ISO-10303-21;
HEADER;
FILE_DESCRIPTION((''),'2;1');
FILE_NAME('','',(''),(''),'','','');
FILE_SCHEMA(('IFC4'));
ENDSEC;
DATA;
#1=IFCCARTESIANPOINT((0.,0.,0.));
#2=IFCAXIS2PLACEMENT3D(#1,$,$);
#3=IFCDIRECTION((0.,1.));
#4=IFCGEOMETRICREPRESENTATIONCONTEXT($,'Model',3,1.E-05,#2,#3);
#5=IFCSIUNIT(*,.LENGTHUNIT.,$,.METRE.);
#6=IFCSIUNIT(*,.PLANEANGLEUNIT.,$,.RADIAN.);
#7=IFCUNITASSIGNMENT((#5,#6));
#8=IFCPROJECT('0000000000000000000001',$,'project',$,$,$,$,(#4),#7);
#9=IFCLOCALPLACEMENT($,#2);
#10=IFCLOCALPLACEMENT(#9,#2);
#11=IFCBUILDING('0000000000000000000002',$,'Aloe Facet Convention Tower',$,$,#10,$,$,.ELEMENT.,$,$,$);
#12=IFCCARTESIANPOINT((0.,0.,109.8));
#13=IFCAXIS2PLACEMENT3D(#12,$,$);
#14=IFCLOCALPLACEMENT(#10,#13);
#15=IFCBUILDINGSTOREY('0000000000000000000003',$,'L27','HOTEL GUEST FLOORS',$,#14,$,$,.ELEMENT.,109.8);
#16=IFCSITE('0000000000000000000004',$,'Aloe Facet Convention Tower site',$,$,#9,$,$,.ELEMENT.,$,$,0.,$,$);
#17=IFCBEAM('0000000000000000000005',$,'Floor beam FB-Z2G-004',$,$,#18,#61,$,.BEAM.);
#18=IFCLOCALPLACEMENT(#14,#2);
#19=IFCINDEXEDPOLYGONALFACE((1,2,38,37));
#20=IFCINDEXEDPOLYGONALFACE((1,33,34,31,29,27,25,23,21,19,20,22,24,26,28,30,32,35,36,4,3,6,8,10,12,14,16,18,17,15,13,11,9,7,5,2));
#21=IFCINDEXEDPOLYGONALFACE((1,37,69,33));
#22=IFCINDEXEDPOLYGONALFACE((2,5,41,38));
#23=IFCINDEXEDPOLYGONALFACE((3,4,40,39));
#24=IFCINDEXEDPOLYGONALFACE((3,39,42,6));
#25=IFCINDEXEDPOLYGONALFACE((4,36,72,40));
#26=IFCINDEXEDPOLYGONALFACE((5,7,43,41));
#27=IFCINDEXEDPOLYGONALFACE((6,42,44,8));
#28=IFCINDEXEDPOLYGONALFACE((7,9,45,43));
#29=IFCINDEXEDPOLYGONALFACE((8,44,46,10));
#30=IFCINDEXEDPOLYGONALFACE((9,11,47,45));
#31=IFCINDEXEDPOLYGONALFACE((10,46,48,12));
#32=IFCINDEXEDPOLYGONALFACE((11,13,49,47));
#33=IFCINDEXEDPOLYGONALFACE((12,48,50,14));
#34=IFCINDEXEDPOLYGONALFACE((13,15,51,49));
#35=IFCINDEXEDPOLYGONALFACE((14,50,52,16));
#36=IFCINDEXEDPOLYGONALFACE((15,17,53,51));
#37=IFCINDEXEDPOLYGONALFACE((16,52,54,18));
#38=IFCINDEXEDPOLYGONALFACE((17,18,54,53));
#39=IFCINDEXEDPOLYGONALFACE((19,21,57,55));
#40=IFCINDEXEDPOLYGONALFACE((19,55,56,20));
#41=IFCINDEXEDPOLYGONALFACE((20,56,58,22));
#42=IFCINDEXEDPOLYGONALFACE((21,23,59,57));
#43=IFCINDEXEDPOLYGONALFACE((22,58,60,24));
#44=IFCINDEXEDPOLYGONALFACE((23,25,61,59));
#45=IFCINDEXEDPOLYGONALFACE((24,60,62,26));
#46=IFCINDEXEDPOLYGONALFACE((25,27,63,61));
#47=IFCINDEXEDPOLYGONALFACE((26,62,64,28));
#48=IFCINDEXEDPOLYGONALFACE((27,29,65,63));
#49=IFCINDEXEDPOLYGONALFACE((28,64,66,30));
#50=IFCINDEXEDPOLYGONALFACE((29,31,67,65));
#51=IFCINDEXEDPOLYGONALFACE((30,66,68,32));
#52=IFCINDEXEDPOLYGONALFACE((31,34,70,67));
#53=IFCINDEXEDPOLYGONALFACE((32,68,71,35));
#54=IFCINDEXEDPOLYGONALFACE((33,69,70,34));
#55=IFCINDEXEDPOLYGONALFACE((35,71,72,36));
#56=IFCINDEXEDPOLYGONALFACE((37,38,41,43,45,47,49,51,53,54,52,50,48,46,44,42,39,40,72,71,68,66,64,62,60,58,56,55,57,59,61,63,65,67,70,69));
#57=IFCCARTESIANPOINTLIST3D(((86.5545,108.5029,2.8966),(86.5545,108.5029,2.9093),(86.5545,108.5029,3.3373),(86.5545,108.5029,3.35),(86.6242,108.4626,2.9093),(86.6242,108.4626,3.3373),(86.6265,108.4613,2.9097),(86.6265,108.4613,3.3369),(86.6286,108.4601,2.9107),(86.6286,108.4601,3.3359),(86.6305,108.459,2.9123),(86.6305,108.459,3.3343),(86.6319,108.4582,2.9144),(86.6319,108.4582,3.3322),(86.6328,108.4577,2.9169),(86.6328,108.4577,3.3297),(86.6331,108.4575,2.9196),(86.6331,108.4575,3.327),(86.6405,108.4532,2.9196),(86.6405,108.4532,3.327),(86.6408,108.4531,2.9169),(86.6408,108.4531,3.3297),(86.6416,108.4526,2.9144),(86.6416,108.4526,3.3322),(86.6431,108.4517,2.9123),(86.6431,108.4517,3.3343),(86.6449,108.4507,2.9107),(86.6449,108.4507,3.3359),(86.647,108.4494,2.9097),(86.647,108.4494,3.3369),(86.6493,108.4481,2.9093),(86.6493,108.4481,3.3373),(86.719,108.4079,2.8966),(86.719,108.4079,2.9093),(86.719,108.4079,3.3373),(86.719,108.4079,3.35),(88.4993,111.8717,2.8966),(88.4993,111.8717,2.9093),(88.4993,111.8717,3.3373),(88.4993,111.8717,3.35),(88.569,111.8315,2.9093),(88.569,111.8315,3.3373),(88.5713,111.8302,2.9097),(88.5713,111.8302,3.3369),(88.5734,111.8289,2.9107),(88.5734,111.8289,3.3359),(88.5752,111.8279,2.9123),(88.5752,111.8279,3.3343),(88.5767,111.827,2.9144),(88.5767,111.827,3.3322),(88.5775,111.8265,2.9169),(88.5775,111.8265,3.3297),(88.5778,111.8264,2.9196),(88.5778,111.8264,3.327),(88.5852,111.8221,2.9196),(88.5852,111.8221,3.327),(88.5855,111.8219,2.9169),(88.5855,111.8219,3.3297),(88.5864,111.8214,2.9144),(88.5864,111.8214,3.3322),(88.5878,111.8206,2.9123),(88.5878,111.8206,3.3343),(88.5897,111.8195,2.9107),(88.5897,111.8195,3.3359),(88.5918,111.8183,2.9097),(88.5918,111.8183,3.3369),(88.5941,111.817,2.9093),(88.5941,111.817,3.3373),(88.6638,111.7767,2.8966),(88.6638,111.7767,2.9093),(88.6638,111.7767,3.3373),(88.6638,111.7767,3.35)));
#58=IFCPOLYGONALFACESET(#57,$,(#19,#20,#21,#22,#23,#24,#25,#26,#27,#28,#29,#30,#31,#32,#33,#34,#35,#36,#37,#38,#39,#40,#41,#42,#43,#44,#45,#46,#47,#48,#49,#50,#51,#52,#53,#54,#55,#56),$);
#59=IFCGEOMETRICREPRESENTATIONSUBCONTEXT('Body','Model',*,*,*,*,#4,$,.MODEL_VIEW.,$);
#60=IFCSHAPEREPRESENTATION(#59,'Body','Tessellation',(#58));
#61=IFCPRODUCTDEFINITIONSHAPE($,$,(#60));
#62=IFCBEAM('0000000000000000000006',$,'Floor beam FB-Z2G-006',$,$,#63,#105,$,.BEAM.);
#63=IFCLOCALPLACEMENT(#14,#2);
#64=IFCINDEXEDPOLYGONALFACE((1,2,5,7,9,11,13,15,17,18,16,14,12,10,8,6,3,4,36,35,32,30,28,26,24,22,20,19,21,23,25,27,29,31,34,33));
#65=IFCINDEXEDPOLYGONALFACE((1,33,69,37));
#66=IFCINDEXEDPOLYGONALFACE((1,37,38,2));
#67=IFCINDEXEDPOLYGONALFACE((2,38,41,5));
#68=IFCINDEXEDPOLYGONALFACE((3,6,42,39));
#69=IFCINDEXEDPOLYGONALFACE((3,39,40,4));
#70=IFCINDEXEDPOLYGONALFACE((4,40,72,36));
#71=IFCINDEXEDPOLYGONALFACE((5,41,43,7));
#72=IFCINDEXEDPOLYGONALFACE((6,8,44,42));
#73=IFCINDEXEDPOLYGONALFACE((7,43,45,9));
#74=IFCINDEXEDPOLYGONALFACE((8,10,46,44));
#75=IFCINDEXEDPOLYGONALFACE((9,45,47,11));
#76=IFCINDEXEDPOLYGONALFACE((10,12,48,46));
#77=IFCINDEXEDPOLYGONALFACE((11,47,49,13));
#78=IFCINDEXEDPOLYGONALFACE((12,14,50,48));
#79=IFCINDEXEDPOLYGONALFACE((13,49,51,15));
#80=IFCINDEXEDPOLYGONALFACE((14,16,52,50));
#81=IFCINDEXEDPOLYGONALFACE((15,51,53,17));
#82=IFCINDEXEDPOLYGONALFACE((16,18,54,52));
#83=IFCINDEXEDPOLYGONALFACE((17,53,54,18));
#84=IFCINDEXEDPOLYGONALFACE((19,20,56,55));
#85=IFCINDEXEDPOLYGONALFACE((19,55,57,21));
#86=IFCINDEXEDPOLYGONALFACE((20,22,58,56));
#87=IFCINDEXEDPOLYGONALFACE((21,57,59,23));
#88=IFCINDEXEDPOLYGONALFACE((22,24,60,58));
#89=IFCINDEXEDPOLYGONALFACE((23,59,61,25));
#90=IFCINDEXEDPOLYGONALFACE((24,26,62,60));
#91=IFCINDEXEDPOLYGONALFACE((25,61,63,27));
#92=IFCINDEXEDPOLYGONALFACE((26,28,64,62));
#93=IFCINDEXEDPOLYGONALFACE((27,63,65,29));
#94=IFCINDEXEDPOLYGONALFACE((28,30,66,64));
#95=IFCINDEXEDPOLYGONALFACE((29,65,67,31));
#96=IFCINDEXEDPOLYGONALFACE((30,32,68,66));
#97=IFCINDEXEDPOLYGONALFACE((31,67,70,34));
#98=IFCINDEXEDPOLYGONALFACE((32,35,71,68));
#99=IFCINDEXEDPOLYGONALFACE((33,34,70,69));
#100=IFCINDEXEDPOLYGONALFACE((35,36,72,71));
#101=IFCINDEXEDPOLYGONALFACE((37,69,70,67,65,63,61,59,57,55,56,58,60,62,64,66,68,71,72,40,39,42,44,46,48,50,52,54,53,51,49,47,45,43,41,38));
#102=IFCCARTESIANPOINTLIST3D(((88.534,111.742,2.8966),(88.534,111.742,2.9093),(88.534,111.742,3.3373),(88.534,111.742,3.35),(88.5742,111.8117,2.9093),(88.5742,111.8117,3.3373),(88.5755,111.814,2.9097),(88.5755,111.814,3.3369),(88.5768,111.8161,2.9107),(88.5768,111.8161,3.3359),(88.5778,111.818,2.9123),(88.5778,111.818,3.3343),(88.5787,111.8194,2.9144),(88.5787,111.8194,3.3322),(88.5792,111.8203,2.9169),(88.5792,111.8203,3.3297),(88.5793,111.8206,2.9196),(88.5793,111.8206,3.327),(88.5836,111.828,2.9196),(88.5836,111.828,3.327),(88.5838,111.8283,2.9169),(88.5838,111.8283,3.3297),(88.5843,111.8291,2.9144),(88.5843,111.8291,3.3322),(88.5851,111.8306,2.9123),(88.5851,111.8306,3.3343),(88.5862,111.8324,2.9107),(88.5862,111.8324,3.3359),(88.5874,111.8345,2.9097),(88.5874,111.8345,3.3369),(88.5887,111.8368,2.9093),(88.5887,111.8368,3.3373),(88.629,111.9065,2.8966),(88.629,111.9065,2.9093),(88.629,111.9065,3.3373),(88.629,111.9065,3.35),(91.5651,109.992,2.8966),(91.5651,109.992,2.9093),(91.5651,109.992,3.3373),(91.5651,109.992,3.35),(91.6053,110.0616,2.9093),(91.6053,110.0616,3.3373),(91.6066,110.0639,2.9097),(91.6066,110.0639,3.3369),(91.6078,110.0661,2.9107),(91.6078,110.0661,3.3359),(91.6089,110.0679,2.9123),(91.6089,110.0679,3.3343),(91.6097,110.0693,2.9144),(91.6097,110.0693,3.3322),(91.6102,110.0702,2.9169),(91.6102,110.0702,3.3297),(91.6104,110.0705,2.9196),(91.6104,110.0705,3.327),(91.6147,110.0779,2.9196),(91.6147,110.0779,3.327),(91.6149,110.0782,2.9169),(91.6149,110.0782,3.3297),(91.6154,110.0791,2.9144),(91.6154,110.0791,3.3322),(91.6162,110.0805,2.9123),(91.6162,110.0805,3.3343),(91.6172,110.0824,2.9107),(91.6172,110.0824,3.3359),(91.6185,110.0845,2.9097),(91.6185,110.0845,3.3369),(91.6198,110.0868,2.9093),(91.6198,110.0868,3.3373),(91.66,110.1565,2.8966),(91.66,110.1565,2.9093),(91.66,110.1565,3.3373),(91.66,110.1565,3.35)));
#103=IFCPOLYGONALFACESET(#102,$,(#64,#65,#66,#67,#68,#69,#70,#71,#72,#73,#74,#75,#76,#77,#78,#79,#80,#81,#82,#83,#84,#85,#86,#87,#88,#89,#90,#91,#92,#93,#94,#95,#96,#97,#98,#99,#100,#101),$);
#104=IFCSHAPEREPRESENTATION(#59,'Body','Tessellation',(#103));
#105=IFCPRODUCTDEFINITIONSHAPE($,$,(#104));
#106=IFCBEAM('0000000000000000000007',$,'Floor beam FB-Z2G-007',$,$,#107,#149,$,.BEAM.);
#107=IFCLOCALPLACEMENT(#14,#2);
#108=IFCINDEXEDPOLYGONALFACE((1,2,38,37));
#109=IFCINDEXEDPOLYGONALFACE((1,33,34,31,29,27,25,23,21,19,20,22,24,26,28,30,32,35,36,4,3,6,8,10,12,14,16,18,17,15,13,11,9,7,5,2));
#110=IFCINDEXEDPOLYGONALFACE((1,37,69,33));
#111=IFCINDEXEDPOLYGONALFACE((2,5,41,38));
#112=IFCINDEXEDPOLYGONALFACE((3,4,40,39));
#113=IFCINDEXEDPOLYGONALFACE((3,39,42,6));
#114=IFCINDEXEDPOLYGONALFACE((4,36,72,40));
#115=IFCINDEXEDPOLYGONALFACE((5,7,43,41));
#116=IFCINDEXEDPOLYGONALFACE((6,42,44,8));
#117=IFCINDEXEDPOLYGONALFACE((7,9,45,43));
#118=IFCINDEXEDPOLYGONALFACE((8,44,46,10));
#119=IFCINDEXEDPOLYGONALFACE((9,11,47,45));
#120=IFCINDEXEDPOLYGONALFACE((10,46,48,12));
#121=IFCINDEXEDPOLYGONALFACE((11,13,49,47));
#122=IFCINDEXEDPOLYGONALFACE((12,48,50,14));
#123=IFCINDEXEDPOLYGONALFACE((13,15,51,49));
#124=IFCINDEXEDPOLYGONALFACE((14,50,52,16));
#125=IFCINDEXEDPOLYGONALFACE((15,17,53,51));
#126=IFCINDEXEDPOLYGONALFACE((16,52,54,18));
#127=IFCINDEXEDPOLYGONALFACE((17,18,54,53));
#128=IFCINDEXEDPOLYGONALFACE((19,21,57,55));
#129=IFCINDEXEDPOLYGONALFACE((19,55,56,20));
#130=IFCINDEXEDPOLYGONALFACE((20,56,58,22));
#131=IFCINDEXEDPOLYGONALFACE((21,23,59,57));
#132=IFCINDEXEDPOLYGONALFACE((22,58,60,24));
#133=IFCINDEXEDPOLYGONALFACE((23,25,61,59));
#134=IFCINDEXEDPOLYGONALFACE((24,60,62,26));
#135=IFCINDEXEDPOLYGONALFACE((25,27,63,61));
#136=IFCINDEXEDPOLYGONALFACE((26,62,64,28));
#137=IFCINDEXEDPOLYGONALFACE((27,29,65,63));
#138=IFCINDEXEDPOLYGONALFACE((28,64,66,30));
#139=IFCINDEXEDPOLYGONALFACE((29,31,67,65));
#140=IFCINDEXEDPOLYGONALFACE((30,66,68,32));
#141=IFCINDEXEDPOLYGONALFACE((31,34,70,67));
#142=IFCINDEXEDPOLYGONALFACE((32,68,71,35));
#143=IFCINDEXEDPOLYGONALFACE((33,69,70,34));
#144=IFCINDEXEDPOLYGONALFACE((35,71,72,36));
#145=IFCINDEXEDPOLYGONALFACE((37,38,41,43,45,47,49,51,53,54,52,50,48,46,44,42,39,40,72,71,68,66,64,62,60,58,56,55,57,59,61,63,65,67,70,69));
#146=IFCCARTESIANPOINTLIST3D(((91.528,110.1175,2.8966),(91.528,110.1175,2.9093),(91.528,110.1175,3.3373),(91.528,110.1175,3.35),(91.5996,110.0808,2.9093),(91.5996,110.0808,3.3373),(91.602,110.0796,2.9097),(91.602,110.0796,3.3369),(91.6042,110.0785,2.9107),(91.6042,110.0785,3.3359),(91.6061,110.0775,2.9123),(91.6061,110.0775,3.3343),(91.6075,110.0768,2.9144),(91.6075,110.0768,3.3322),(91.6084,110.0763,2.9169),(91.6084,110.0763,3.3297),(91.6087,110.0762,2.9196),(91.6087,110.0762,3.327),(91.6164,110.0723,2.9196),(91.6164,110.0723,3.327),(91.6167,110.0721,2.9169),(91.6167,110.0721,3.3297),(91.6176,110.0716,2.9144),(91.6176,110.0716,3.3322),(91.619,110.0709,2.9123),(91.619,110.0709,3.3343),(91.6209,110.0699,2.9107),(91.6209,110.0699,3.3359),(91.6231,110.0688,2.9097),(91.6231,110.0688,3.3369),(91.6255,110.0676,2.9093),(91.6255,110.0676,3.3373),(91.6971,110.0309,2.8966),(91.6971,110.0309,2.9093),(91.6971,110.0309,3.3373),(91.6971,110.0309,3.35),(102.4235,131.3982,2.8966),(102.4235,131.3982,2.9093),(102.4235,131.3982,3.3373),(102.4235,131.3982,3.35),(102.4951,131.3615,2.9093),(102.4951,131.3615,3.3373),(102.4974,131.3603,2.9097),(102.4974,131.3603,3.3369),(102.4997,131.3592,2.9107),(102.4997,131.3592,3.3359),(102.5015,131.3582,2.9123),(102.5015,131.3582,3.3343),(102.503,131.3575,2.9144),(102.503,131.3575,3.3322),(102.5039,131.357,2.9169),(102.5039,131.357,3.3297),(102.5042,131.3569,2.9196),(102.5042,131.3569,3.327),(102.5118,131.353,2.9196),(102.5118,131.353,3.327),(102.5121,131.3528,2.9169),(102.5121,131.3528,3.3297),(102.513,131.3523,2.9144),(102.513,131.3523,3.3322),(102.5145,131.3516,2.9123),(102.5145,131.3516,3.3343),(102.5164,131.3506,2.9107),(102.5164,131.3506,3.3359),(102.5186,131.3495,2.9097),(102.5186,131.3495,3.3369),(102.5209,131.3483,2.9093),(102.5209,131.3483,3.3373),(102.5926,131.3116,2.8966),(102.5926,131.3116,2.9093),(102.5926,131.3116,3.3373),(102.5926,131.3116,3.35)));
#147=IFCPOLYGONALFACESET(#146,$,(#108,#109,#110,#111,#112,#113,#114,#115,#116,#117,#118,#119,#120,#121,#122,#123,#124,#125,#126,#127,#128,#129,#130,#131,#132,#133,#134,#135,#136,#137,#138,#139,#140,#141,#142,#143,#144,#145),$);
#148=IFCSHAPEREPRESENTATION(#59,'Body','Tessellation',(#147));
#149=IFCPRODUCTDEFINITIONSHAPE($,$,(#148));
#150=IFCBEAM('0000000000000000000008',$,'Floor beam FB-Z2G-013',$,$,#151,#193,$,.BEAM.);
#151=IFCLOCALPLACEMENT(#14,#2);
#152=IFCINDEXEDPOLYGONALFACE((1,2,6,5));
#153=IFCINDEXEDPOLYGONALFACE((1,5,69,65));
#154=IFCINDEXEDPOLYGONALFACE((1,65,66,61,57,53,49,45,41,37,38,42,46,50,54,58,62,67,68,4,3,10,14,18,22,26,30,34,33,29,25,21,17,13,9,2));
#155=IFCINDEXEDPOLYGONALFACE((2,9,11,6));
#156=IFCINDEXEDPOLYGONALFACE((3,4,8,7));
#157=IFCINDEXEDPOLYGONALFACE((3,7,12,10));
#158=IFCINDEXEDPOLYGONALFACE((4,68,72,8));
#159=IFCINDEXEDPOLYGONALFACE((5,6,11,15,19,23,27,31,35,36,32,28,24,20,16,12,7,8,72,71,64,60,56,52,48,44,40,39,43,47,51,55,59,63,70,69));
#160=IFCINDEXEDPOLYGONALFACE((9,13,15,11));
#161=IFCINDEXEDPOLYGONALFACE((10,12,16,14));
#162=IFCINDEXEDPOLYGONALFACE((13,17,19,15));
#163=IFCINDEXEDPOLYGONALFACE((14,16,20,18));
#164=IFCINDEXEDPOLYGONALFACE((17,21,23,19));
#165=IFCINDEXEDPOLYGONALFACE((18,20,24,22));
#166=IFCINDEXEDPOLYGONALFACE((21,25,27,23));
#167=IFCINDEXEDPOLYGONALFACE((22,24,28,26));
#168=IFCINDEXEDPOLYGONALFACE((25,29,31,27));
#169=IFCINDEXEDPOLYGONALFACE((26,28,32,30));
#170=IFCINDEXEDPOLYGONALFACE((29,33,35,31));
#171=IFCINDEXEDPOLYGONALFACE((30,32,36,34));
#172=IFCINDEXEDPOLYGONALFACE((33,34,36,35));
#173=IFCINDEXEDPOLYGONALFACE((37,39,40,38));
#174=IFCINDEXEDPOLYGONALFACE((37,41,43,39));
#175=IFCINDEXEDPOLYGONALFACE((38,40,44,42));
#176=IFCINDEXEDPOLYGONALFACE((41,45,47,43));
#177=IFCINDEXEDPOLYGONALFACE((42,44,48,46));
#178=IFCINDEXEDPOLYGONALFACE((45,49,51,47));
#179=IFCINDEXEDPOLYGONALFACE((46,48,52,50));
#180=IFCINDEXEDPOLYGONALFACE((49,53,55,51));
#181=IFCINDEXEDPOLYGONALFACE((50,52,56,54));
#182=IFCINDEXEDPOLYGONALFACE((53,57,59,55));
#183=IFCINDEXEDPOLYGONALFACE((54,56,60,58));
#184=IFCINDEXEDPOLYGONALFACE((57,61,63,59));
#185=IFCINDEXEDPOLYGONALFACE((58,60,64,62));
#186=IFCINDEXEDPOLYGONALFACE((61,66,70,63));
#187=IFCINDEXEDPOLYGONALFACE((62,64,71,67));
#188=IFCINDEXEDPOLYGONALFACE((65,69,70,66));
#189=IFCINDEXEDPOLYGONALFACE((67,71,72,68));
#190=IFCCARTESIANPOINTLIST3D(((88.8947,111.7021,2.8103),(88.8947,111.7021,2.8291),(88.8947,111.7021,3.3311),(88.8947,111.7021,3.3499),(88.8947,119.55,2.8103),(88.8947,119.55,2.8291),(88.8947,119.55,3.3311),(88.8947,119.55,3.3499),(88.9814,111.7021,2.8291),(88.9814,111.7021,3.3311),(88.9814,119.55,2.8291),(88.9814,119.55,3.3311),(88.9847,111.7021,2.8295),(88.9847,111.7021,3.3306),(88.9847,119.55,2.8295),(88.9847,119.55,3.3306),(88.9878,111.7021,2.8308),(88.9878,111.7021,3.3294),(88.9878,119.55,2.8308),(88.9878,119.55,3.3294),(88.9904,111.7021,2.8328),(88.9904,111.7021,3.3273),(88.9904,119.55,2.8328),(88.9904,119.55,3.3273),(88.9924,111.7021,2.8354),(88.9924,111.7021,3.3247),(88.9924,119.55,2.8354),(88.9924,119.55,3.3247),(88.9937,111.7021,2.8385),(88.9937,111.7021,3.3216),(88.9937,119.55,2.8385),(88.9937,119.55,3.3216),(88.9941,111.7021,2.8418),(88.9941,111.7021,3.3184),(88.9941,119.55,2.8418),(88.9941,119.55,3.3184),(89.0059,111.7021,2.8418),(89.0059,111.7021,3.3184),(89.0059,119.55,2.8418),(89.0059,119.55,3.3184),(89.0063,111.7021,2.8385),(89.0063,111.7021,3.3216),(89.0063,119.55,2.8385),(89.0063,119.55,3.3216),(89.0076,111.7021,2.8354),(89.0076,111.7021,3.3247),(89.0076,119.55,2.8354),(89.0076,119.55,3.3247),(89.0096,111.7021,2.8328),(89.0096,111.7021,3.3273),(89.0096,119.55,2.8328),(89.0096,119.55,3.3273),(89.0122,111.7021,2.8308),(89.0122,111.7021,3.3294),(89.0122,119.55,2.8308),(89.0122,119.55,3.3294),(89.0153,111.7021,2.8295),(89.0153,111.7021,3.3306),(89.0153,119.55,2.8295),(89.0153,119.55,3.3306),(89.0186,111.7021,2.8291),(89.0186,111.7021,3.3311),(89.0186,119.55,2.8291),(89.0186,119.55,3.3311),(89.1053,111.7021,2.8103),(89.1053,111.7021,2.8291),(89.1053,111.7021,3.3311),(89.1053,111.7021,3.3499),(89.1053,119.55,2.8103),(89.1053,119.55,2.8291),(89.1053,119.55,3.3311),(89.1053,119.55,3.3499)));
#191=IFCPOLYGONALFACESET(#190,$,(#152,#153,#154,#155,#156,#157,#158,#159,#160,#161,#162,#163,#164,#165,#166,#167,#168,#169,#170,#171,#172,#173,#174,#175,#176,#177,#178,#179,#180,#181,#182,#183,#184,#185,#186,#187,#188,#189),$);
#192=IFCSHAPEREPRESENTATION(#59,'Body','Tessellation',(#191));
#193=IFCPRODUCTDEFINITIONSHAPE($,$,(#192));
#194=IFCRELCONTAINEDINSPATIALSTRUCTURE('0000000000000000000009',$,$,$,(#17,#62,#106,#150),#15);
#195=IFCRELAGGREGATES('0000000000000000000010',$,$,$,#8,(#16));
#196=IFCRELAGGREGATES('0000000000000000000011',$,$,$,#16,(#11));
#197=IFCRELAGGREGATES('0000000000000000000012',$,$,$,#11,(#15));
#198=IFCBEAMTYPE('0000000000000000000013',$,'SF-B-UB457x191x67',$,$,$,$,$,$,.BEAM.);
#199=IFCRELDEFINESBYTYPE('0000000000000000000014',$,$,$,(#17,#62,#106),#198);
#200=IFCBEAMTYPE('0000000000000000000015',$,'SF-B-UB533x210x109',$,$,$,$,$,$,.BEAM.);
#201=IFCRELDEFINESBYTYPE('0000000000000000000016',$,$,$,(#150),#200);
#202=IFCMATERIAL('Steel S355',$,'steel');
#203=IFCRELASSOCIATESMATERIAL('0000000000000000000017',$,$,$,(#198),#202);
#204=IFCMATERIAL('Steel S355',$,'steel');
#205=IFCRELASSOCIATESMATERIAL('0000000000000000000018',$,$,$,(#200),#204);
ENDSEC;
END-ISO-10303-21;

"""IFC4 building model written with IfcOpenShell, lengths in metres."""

from ifc_helpers import new_model, si_unit, direction, frame, origin, origin_2d, place, context, subcontext, project, spatial, i_section, extrude, material, material_profile, profile_set, type_object, element, save


model = new_model("IFC4")

# Units and contexts
model_context = context("Model", 3, precision=1e-05, world=origin(), true_north=direction((0.0, 1.0)))
body_context = subcontext(model_context, "Body", "Model", "MODEL_VIEW")
ifc_project = project(units=[si_unit("LENGTHUNIT", "METRE"), si_unit("PLANEANGLEUNIT", "RADIAN")], contexts=[model_context])

# Site, building, storey
site_placement = place(None, origin())
site = spatial("IfcSite", under=ifc_project, at=site_placement, Name="Aloe Facet Convention Tower site", CompositionType="ELEMENT", RefElevation=0.0)
building_placement = place(site_placement, origin())
building = spatial("IfcBuilding", under=site, at=building_placement, Name="Aloe Facet Convention Tower", CompositionType="ELEMENT")
storey_placement = place(building_placement, frame((0.0, 0.0, 109.8)))
storey = spatial("IfcBuildingStorey", under=building, at=storey_placement, Name="L27", Description="HOTEL GUEST FLOORS", CompositionType="ELEMENT", Elevation=109.8)

# Beams
ifc_material_1 = material(Name="Steel S355", Category="steel")
ifc_material_profile_1 = material_profile(ifc_material_1, i_section(OverallWidth=0.1899, OverallDepth=0.4534, WebThickness=0.0085, FlangeThickness=0.0127, FilletRadius=0.0103, at=origin_2d()), Name="UB 457x191x67")
ifc_profile_set_1 = profile_set([ifc_material_profile_1], Name="Steel S355")
beam_type_1 = type_object("IfcBeamType", Name="SF-B-UB457x191x67", PredefinedType="BEAM", material=ifc_profile_set_1)
beam_1_placement = place(storey_placement, frame((88.5815, 111.8242, 3.1233), z_axis=(-0.49996, -0.866049, 0.0), x_axis=(0.866049, -0.49996, 0.0)))
element("IfcBeam", 1, at=beam_1_placement, inside=storey, type_object=beam_type_1, Name="Floor beam FB-Z2G-004", PredefinedType="BEAM", context=body_context, shape_type="SweptSolid", body=[
    extrude(i_section(OverallWidth=0.1899, OverallDepth=0.4534, WebThickness=0.0085, FlangeThickness=0.0127, FilletRadius=0.0103, at=origin_2d()), origin(), (0.0, 0.0, 1.0), 3.8899),
])
beam_2_placement = place(storey_placement, frame((91.6125, 110.0742, 3.1233), z_axis=(-0.866019, 0.50001, 0.0), x_axis=(-0.50001, -0.866019, 0.0)))
element("IfcBeam", 2, at=beam_2_placement, inside=storey, type_object=beam_type_1, Name="Floor beam FB-Z2G-006", PredefinedType="BEAM", context=body_context, shape_type="SweptSolid", body=[
    extrude(i_section(OverallWidth=0.1899, OverallDepth=0.4534, WebThickness=0.0085, FlangeThickness=0.0127, FilletRadius=0.0103, at=origin_2d()), origin(), (0.0, 0.0, 1.0), 3.5),
])
beam_3_placement = place(storey_placement, frame((91.6125, 110.0742, 3.1233), z_axis=(0.45573, 0.890118, 0.0), x_axis=(-0.890118, 0.45573, 0.0)))
element("IfcBeam", 3, at=beam_3_placement, inside=storey, type_object=beam_type_1, Name="Floor beam FB-Z2G-007", PredefinedType="BEAM", context=body_context, shape_type="SweptSolid", body=[
    extrude(i_section(OverallWidth=0.1899, OverallDepth=0.4534, WebThickness=0.0085, FlangeThickness=0.0127, FilletRadius=0.0103, at=origin_2d()), origin(), (0.0, 0.0, 1.0), 23.9077),
])
ifc_material_2 = material(Name="Steel S355", Category="steel")
ifc_material_profile_2 = material_profile(ifc_material_2, i_section(OverallWidth=0.2107, OverallDepth=0.5396, WebThickness=0.0117, FlangeThickness=0.0188, FilletRadius=0.0127, at=origin_2d()), Name="UB 533x210x109")
ifc_profile_set_2 = profile_set([ifc_material_profile_2], Name="Steel S355")
beam_type_2 = type_object("IfcBeamType", Name="SF-B-UB533x210x109", PredefinedType="BEAM", material=ifc_profile_set_2)
beam_4_placement = place(storey_placement, frame((89.0, 119.55, 3.0801), z_axis=(0.0, -1.0, 0.0), x_axis=(1.0, 0.0, 0.0)))
element("IfcBeam", 4, at=beam_4_placement, inside=storey, type_object=beam_type_2, Name="Floor beam FB-Z2G-013", PredefinedType="BEAM", context=body_context, shape_type="SweptSolid", body=[
    extrude(i_section(OverallWidth=0.2107, OverallDepth=0.5396, WebThickness=0.0117, FlangeThickness=0.0188, FilletRadius=0.0127, at=origin_2d()), origin(), (0.0, 0.0, 1.0), 7.8479),
])

save(model, "model.ifc")
